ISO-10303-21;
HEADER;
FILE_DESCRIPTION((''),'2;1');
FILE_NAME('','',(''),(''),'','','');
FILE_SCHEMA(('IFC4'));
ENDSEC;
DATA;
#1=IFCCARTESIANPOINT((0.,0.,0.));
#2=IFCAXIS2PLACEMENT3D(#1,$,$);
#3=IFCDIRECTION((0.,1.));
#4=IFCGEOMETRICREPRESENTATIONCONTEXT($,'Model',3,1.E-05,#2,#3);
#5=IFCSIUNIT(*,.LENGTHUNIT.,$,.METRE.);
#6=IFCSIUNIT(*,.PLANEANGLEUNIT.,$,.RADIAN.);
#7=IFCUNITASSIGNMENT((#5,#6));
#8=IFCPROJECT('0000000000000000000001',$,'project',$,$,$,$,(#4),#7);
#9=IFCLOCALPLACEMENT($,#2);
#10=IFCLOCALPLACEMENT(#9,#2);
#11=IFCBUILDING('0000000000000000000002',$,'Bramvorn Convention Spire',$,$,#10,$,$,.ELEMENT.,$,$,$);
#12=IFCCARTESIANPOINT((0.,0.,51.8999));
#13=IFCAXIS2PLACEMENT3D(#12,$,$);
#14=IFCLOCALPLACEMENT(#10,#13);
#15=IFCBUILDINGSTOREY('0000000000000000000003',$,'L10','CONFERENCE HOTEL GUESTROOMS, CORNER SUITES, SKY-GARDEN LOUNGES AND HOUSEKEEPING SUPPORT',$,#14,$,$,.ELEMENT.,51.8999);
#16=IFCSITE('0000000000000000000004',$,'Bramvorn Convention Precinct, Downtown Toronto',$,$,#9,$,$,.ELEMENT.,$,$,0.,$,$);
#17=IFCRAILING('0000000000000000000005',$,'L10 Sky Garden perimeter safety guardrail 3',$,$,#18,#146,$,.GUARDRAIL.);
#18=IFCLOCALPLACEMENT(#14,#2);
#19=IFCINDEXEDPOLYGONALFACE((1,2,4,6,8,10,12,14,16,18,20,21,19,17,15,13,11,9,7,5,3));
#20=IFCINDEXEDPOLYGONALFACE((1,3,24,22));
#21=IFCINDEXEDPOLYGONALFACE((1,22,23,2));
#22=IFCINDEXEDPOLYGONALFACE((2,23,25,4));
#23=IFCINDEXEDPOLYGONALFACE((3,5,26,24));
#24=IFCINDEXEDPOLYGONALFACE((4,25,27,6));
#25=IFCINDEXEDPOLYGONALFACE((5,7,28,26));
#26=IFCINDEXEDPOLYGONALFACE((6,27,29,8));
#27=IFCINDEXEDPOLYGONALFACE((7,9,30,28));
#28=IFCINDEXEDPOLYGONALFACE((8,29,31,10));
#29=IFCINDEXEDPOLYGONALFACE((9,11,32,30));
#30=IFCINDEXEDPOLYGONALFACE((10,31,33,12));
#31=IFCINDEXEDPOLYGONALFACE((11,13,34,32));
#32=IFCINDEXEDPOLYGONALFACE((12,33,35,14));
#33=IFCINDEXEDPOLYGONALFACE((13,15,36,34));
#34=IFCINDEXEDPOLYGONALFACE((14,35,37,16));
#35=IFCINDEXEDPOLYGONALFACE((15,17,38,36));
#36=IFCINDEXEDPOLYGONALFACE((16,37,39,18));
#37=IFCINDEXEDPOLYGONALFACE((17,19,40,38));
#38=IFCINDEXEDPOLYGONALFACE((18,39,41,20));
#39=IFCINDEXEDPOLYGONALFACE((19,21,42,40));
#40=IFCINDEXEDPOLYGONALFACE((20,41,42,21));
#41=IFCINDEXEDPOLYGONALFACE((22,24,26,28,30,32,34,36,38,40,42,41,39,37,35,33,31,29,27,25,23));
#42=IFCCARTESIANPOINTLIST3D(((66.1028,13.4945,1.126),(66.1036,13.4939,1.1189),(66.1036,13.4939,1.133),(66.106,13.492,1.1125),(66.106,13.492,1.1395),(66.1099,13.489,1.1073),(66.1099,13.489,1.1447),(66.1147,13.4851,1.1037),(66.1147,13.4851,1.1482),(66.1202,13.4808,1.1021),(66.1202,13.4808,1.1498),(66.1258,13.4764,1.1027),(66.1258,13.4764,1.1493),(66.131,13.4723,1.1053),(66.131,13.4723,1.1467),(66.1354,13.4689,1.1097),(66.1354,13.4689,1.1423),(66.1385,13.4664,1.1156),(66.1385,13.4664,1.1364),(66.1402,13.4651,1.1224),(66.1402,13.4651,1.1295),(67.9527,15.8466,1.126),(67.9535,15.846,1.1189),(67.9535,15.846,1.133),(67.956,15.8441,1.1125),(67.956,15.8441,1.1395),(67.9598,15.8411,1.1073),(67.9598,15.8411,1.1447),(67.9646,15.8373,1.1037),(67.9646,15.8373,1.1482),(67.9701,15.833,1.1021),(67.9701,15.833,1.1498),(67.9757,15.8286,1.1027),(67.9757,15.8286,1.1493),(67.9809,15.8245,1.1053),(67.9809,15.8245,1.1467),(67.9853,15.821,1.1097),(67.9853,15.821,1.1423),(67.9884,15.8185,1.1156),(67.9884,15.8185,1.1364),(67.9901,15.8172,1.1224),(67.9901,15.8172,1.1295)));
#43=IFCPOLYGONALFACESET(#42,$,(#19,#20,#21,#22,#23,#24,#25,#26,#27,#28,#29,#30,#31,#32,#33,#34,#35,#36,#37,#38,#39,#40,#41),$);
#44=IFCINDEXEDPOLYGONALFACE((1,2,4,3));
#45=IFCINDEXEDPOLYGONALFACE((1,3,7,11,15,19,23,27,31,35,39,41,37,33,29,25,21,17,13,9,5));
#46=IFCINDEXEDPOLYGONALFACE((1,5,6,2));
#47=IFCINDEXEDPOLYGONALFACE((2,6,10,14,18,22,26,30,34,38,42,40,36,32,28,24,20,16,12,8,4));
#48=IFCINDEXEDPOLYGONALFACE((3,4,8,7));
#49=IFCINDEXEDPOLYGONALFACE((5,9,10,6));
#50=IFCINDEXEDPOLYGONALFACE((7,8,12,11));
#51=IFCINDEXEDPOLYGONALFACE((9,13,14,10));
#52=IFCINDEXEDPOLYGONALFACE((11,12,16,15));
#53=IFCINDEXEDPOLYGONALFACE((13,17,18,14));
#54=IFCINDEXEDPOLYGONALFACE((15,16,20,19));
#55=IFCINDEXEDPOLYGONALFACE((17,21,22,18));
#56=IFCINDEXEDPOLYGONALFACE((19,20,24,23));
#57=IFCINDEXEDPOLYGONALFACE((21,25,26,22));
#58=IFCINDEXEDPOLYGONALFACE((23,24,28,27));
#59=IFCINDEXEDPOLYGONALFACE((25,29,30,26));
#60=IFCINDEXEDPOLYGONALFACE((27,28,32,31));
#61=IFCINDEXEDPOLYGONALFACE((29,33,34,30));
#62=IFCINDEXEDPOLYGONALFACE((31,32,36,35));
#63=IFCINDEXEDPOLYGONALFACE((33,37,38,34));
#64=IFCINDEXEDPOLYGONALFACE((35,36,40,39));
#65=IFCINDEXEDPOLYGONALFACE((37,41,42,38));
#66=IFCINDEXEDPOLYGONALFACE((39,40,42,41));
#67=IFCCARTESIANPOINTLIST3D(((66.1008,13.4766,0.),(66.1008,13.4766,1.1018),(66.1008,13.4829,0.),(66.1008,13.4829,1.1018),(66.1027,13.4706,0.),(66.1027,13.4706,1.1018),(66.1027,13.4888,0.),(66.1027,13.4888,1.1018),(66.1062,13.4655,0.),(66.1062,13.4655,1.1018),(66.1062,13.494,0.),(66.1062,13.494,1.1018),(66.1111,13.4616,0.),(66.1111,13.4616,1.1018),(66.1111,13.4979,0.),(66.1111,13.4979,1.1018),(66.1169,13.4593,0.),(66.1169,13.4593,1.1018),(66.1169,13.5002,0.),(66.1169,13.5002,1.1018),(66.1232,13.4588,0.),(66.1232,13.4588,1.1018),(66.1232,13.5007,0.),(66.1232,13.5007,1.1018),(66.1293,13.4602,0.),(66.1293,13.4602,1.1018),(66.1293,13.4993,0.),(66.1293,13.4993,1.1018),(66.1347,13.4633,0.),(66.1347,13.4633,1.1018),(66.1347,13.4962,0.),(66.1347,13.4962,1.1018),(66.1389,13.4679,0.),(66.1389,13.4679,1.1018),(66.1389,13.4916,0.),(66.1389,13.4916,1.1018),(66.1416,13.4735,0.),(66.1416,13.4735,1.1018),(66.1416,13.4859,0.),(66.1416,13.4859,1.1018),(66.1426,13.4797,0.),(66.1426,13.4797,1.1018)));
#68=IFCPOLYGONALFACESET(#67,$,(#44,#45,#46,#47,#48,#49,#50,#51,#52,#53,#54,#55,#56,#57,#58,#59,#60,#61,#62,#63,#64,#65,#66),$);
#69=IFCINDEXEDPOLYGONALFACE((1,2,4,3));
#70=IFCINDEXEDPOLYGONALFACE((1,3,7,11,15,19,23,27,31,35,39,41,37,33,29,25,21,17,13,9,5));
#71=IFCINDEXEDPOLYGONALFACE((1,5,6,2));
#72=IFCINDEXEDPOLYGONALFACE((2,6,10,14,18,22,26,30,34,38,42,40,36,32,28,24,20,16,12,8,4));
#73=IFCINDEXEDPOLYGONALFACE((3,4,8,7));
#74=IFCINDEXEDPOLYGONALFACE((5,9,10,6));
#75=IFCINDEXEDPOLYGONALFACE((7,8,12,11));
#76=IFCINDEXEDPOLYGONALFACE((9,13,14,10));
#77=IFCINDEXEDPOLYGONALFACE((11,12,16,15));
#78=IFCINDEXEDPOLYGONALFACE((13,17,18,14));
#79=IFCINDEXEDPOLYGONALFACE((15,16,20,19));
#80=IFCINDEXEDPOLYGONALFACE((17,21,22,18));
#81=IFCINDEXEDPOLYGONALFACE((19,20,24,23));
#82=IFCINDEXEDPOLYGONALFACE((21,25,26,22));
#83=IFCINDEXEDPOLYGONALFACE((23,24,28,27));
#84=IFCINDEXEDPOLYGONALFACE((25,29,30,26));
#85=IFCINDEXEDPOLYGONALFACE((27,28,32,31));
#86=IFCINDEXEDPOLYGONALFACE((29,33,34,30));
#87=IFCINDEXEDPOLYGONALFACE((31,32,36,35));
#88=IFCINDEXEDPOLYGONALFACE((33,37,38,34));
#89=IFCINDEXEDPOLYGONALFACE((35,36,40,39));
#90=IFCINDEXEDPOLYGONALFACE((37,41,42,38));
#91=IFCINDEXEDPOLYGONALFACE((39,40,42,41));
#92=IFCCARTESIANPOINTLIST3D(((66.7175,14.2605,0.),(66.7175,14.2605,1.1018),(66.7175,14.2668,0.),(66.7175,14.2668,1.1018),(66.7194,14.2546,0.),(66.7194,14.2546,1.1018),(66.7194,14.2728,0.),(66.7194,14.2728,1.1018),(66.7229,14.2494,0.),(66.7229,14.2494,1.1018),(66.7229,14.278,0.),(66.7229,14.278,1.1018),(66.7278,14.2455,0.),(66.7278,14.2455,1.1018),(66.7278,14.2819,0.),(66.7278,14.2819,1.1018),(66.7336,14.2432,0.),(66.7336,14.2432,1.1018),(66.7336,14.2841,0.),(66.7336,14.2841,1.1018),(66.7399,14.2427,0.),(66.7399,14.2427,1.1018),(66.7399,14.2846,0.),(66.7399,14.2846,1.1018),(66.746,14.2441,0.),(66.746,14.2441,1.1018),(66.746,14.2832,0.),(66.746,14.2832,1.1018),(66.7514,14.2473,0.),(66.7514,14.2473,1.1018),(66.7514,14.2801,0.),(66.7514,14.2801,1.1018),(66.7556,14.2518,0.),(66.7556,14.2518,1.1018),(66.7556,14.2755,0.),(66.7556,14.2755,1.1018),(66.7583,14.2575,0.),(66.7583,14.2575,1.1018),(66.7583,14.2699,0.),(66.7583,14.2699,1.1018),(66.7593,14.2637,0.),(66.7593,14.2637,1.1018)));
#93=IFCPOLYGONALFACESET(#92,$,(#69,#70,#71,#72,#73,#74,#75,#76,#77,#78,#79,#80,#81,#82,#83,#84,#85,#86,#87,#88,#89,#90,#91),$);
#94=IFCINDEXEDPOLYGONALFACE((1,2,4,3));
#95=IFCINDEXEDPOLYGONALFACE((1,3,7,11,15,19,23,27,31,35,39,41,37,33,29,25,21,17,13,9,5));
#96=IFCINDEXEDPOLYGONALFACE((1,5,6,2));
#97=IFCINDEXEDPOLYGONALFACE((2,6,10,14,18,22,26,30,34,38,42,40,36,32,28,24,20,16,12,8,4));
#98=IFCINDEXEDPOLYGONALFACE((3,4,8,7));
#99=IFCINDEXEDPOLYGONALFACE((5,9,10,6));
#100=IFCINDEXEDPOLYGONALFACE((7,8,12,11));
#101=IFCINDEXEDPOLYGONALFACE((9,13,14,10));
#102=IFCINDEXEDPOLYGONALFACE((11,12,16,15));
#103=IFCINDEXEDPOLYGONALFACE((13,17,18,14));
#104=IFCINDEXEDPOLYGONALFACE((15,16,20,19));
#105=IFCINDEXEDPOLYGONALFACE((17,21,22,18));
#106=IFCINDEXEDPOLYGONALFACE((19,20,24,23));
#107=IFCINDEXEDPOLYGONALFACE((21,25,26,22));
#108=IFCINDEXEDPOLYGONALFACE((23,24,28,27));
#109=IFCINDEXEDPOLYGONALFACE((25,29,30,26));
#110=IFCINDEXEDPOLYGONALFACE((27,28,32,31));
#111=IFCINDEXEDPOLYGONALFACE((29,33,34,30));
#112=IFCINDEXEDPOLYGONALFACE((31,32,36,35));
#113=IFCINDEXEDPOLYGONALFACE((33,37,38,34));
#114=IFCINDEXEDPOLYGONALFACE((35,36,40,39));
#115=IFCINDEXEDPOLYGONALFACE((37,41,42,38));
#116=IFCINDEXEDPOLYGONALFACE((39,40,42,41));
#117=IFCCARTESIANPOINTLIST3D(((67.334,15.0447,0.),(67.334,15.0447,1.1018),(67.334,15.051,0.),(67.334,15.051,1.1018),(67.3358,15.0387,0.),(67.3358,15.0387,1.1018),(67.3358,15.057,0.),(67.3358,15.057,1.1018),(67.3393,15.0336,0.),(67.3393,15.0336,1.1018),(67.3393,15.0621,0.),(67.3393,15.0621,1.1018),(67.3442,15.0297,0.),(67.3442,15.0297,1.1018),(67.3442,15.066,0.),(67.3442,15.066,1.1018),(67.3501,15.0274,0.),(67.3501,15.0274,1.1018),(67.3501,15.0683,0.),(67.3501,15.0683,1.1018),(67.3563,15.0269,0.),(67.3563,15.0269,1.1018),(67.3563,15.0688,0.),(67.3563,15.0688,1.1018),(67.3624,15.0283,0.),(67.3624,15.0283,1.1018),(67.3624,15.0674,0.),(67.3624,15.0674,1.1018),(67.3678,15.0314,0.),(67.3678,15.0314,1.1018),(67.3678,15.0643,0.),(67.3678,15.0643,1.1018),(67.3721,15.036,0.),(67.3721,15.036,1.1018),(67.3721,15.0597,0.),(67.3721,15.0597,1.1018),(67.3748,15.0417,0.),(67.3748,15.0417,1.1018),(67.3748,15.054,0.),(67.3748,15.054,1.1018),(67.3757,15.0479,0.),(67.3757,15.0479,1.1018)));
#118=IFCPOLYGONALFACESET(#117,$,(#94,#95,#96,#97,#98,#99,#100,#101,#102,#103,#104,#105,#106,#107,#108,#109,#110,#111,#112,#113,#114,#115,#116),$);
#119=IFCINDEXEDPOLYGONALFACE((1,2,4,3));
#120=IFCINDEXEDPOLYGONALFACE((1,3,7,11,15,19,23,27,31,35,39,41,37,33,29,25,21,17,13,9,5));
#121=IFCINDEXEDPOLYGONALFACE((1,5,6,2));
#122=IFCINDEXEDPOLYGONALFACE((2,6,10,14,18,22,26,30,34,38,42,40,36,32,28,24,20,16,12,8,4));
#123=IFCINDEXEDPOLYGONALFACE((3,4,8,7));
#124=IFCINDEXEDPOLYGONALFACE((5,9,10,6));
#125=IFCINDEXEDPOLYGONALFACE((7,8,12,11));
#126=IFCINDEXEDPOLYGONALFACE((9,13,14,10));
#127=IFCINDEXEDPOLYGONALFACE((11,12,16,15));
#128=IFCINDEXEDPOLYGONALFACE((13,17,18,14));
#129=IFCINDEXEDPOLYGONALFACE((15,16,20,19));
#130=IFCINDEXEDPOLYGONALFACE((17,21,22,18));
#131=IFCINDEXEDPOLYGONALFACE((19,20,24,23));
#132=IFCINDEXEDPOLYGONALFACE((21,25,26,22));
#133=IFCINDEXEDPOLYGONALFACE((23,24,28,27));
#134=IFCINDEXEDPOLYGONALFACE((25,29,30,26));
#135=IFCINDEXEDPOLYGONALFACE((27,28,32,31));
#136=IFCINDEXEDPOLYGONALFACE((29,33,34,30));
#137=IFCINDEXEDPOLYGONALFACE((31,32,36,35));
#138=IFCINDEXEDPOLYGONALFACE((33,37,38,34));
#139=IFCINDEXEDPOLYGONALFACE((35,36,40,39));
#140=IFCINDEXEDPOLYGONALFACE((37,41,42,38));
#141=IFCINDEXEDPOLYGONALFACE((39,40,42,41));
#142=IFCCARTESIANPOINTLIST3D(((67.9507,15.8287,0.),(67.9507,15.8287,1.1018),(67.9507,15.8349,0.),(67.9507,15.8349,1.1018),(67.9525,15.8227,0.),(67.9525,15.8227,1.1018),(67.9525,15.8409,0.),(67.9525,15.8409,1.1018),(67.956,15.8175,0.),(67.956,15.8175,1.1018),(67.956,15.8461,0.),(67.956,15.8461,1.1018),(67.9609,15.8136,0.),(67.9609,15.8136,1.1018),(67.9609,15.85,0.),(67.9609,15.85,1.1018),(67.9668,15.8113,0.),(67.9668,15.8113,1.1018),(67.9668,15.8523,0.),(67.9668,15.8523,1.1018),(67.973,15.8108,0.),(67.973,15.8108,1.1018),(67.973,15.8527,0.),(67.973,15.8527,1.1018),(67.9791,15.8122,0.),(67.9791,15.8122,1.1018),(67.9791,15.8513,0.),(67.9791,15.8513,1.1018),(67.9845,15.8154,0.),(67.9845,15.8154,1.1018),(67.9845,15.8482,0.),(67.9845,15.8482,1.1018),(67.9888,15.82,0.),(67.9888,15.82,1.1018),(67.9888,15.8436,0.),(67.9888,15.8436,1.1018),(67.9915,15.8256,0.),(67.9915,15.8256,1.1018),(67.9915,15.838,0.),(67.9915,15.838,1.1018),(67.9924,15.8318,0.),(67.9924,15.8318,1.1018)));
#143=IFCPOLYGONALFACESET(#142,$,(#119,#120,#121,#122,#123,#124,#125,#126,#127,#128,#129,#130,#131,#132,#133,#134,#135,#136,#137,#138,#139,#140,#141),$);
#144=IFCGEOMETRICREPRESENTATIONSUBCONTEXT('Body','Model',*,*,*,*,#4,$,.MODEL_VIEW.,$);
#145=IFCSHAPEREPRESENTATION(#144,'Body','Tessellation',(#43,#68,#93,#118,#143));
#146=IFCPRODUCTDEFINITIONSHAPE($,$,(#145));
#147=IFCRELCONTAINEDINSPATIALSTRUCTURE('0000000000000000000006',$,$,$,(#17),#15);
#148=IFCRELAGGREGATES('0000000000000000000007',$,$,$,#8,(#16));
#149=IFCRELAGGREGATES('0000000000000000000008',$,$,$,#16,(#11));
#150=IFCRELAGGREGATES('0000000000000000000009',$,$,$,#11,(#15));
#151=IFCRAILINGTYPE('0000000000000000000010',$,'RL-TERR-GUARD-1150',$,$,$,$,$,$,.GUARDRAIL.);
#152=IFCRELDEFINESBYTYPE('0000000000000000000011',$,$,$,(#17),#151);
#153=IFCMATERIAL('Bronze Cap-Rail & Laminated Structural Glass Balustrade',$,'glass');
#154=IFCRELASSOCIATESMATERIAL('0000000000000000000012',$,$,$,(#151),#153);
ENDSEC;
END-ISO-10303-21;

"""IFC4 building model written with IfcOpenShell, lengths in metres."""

from ifc_helpers import new_model, si_unit, direction, frame, origin, origin_2d, place, context, subcontext, project, spatial, circle, extrude, material, type_object, element, save


model = new_model("IFC4")

# Units and contexts
model_context = context("Model", 3, precision=1e-05, world=origin(), true_north=direction((0.0, 1.0)))
body_context = subcontext(model_context, "Body", "Model", "MODEL_VIEW")
ifc_project = project(units=[si_unit("LENGTHUNIT", "METRE"), si_unit("PLANEANGLEUNIT", "RADIAN")], contexts=[model_context])

# Site, building, storey
site_placement = place(None, origin())
site = spatial("IfcSite", under=ifc_project, at=site_placement, Name="Bramvorn Convention Precinct, Downtown Toronto", CompositionType="ELEMENT", RefElevation=0.0)
building_placement = place(site_placement, origin())
building = spatial("IfcBuilding", under=site, at=building_placement, Name="Bramvorn Convention Spire", CompositionType="ELEMENT")
storey_placement = place(building_placement, frame((0.0, 0.0, 51.8999)))
storey = spatial("IfcBuildingStorey", under=building, at=storey_placement, Name="L10", Description="CONFERENCE HOTEL GUESTROOMS, CORNER SUITES, SKY-GARDEN LOUNGES AND HOUSEKEEPING SUPPORT", CompositionType="ELEMENT", Elevation=51.8999)

# Railing
ifc_material_1 = material(Name="Bronze Cap-Rail & Laminated Structural Glass Balustrade", Category="glass")
railing_type = type_object("IfcRailingType", Name="RL-TERR-GUARD-1150", PredefinedType="GUARDRAIL", material=ifc_material_1)
railing_1_placement = place(storey_placement, frame((66.1216, 13.4797, 0.0)))
element("IfcRailing", 1, at=railing_1_placement, inside=storey, type_object=railing_type, Name="L10 Sky Garden perimeter safety guardrail 3", PredefinedType="GUARDRAIL", context=body_context, shape_type="SweptSolid", body=[
    extrude(circle(Radius=0.0239, at=origin_2d()), frame((0.0, 0.0, 1.126), z_axis=(0.618196, 0.786024, 0.0), x_axis=(-0.786024, 0.618196, 0.0)), (0.0, 0.0, 1.0), 2.9924),
    extrude(circle(Radius=0.021, at=origin_2d()), origin(), (0.0, 0.0, 1.0), 1.1018),
    extrude(circle(Radius=0.021, at=origin_2d()), frame((0.6167, 0.7839, 0.0)), (0.0, 0.0, 1.0), 1.1018),
    extrude(circle(Radius=0.021, at=origin_2d()), frame((1.2332, 1.5681, 0.0)), (0.0, 0.0, 1.0), 1.1018),
    extrude(circle(Radius=0.021, at=origin_2d()), frame((1.8499, 2.3521, 0.0)), (0.0, 0.0, 1.0), 1.1018),
])

save(model, "model.ifc")
